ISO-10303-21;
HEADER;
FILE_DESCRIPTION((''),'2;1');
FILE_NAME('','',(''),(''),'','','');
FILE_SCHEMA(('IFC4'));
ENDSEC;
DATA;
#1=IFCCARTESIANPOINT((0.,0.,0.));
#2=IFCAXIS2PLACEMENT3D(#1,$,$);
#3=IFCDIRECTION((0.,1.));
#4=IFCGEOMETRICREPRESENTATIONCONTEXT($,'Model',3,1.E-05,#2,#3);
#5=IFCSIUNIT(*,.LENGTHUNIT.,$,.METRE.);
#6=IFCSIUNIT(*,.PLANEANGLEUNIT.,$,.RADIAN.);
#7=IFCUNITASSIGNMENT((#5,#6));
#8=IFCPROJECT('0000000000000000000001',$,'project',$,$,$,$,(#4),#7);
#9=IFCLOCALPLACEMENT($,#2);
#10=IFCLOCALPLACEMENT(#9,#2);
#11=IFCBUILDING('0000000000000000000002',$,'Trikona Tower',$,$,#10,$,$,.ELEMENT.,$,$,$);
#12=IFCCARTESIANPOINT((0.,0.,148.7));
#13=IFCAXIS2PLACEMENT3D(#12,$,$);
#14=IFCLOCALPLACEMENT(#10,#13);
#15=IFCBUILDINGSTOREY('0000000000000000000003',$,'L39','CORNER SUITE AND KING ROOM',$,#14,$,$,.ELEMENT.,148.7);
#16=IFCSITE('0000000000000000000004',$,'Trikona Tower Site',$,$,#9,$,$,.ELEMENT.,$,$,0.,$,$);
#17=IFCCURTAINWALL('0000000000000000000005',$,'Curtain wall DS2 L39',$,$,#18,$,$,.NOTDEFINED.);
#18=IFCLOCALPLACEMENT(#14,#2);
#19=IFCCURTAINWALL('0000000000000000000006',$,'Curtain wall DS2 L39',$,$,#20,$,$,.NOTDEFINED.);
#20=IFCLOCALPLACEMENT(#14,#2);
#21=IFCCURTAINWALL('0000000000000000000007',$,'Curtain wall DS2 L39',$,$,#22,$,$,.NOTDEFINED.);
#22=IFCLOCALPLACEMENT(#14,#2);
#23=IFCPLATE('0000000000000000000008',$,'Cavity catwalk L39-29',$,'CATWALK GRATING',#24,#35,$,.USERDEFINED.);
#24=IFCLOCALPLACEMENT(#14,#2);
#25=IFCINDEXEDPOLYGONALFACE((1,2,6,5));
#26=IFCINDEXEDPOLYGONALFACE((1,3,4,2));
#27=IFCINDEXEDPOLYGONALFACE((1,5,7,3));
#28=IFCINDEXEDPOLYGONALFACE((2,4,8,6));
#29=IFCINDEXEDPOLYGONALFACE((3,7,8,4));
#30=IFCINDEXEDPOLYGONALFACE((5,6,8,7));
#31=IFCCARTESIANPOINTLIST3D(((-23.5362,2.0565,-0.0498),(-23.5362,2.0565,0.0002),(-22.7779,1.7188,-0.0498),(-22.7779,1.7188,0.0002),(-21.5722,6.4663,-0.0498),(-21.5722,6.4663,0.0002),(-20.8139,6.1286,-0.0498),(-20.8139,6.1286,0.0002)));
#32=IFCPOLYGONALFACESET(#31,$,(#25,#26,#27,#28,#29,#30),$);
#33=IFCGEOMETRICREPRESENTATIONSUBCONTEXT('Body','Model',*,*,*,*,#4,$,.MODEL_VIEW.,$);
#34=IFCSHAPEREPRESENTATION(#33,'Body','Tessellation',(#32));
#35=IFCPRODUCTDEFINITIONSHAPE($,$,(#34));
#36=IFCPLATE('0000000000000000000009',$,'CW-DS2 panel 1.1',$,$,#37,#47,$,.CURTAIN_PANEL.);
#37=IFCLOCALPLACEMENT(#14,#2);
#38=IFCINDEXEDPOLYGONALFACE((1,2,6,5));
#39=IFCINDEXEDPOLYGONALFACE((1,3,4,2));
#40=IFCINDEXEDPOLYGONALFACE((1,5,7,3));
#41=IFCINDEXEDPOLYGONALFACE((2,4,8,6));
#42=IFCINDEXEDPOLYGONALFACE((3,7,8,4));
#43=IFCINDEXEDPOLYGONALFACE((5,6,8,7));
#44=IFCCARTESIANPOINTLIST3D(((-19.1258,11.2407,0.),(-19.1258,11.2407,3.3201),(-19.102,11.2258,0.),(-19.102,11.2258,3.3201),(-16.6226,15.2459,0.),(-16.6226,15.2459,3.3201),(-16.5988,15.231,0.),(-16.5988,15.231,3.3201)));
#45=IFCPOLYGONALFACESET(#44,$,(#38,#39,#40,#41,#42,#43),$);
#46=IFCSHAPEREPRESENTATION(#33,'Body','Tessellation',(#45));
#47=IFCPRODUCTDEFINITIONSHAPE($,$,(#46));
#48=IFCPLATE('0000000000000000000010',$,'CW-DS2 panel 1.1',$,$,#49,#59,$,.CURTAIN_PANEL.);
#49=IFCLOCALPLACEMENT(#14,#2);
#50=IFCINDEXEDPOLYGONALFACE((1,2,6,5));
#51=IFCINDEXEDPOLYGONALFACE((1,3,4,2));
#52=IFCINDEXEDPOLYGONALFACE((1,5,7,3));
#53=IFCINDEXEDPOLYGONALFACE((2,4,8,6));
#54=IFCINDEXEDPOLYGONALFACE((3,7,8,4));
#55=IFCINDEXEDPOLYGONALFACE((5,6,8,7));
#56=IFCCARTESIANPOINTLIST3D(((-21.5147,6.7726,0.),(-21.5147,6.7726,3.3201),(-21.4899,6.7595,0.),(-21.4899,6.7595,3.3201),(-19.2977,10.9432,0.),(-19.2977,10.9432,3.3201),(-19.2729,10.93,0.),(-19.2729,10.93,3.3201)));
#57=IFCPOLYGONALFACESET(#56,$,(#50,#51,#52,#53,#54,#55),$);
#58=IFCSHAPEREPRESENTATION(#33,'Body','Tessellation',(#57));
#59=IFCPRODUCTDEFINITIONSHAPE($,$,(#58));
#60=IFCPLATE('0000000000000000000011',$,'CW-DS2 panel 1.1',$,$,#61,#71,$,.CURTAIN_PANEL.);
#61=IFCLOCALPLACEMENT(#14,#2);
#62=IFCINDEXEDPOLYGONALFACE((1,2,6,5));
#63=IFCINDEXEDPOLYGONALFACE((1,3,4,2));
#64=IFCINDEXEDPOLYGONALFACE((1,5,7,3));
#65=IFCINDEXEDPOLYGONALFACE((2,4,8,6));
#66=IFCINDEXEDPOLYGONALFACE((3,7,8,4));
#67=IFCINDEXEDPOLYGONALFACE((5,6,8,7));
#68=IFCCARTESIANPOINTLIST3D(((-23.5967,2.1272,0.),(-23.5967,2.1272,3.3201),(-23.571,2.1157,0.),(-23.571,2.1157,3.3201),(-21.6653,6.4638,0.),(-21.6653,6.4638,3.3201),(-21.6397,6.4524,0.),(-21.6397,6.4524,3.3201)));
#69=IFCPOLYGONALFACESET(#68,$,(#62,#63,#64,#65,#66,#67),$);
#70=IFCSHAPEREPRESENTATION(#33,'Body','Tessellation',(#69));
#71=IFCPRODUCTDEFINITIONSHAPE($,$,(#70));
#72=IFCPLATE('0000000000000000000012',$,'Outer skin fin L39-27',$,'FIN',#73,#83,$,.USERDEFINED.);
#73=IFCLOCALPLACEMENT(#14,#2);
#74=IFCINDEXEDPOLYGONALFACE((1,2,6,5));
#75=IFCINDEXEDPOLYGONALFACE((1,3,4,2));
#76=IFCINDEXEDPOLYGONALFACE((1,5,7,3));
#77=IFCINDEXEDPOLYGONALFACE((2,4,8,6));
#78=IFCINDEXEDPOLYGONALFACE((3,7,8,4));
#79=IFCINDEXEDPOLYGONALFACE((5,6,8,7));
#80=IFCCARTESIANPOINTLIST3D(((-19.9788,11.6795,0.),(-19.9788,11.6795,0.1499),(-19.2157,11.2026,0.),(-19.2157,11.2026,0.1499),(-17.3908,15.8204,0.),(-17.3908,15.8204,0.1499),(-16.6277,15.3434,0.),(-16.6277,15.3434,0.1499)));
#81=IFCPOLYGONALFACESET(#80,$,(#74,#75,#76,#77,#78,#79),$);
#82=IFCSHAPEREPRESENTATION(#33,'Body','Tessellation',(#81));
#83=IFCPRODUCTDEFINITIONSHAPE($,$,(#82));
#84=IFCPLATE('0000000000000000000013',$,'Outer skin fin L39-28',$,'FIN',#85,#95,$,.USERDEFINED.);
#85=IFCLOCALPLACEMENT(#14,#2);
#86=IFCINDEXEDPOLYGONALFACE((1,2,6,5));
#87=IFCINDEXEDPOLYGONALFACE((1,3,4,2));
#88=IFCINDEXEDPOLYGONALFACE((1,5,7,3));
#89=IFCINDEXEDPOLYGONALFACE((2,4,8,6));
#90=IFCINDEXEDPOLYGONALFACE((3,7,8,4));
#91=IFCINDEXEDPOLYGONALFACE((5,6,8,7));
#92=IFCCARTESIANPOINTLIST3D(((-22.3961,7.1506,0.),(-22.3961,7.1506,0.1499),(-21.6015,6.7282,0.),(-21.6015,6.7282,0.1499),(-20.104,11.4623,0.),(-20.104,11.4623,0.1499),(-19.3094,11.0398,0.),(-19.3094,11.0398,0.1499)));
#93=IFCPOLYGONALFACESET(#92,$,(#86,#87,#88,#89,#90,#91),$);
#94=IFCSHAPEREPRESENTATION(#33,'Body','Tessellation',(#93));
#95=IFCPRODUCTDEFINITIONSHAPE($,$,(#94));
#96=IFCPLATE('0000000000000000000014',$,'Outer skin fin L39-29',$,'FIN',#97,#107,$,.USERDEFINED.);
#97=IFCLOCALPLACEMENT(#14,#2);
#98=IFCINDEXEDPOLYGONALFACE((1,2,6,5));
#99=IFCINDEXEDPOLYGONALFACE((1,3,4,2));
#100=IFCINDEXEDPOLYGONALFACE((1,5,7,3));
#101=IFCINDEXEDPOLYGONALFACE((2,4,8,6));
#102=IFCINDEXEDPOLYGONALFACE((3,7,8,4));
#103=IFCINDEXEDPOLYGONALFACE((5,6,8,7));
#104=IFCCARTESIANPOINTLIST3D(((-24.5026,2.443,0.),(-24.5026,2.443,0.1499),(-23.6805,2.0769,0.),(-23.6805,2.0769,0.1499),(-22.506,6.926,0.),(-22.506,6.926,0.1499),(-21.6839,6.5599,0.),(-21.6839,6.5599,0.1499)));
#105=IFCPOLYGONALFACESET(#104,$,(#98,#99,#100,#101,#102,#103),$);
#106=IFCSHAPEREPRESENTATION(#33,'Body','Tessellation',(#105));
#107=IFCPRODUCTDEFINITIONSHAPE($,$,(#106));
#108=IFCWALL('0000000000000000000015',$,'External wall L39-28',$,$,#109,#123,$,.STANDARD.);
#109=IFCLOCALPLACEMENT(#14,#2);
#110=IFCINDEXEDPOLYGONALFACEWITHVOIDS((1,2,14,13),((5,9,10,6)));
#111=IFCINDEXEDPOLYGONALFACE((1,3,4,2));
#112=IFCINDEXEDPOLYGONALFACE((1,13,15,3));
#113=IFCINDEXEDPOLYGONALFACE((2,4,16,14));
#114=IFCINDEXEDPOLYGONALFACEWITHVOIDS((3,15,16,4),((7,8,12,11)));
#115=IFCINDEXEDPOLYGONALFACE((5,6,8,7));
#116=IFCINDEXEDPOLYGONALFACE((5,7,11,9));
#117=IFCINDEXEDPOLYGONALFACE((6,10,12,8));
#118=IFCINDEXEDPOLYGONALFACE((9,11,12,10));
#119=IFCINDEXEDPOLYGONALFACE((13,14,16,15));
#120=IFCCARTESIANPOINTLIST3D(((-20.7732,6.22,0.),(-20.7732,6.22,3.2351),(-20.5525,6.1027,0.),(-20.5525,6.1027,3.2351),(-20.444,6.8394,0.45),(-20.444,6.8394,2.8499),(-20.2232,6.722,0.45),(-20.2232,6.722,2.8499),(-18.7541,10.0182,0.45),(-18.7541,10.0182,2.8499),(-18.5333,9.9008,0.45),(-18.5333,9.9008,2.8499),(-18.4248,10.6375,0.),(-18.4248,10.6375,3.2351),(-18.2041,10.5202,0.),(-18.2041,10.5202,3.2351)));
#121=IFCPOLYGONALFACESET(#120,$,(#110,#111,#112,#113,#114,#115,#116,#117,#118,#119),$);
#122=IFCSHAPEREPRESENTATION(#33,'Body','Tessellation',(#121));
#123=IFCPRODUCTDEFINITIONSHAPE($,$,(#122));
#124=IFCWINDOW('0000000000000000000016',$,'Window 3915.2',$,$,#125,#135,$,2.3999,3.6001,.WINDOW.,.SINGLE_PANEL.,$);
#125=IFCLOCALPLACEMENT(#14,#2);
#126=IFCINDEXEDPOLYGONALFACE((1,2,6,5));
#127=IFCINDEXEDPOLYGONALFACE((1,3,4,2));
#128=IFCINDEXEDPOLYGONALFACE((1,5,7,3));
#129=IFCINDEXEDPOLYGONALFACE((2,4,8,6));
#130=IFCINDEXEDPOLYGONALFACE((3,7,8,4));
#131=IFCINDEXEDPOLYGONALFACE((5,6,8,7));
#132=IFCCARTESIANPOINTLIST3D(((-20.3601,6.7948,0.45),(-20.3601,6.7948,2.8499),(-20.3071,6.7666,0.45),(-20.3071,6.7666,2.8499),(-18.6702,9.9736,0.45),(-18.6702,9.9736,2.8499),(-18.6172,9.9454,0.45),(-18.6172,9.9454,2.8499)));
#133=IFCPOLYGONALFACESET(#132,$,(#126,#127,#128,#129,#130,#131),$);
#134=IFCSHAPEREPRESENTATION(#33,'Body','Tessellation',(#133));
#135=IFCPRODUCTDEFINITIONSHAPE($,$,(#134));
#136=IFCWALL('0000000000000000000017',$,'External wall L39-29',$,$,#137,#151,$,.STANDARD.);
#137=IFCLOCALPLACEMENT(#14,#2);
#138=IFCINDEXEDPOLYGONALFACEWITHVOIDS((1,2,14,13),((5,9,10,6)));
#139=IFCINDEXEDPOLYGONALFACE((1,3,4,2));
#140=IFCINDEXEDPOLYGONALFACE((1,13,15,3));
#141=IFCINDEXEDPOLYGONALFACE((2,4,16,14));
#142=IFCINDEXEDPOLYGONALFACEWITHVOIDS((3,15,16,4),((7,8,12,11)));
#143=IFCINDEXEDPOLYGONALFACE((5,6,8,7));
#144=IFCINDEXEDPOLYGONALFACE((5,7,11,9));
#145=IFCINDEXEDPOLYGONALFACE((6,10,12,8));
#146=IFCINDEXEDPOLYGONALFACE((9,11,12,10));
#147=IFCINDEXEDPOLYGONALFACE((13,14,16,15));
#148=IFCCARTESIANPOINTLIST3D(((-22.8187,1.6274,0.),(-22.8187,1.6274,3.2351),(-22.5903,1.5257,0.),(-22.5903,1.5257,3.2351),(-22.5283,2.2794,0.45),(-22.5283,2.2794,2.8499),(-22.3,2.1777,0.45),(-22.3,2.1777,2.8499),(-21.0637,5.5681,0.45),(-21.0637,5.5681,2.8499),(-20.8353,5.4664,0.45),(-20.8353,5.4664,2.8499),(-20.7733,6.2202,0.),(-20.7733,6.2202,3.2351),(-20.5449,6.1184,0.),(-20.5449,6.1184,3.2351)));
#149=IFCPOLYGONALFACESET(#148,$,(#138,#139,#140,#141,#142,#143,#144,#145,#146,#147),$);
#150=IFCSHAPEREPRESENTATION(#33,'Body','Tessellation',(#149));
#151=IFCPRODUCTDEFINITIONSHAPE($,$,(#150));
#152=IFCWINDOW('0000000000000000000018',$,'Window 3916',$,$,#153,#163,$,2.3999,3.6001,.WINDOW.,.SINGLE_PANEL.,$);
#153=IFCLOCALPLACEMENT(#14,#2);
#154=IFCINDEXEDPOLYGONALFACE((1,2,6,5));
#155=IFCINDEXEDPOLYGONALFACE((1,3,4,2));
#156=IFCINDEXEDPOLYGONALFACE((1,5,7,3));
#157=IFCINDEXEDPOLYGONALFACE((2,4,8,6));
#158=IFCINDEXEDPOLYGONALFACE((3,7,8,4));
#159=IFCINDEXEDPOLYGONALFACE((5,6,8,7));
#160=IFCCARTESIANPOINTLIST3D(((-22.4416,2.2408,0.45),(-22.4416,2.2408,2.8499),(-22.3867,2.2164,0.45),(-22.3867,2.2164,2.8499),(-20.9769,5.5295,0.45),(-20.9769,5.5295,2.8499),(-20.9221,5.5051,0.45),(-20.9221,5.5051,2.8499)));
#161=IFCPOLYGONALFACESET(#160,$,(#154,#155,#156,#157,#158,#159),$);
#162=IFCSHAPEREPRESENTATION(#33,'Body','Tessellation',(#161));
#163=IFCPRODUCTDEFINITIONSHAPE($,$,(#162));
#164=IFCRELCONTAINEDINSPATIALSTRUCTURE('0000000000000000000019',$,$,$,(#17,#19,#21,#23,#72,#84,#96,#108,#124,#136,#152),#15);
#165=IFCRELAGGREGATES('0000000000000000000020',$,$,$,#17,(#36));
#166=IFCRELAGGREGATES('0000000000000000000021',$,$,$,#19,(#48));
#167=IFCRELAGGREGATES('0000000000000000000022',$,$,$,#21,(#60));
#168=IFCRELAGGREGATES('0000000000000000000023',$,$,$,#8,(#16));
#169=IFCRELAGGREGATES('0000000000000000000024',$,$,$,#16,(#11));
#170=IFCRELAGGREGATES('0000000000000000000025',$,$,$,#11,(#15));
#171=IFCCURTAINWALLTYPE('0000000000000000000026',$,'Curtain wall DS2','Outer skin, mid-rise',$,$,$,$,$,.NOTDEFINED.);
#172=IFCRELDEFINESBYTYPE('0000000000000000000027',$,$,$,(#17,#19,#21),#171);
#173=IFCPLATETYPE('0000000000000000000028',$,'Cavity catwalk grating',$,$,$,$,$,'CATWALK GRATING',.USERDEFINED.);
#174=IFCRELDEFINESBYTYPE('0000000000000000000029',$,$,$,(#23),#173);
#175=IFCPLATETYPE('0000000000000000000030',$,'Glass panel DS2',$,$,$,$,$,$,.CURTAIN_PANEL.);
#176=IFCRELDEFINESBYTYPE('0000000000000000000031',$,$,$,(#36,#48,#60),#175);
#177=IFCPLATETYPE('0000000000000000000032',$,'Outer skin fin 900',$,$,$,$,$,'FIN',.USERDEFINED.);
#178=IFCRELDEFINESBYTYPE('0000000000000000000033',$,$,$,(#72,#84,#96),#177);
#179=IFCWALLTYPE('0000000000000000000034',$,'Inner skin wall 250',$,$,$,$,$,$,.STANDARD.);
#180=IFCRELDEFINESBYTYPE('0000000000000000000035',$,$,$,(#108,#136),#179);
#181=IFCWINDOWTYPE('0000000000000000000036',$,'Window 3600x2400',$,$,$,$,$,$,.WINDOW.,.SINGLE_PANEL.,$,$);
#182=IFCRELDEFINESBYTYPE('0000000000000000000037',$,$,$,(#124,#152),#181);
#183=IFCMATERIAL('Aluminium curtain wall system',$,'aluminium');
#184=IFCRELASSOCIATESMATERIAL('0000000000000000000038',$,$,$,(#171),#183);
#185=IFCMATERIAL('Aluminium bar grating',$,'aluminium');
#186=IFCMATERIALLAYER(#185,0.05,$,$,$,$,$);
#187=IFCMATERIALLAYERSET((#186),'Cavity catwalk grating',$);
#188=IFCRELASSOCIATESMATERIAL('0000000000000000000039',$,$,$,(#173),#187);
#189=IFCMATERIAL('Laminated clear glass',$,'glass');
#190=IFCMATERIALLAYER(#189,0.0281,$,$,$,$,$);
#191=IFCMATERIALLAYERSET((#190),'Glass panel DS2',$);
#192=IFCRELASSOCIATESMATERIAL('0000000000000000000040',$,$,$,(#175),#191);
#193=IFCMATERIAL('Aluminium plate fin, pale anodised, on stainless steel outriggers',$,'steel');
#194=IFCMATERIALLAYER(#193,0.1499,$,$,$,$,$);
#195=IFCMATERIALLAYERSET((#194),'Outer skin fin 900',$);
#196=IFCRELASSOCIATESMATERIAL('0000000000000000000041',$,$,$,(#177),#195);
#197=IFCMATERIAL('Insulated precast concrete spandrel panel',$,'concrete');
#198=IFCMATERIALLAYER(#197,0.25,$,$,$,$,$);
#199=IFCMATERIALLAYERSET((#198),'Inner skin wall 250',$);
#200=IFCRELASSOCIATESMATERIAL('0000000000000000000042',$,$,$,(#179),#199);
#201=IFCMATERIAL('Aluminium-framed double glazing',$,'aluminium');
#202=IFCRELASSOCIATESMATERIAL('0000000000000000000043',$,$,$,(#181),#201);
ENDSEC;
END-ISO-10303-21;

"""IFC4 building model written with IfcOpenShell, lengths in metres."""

from ifc_helpers import new_model, si_unit, direction, frame, frame_2d, origin, origin_2d, place, context, subcontext, project, spatial, rectangle, extrude, material, layer, layer_set, type_object, element, fill, aggregate, save


model = new_model("IFC4")

# Units and contexts
model_context = context("Model", 3, precision=1e-05, world=origin(), true_north=direction((0.0, 1.0)))
body_context = subcontext(model_context, "Body", "Model", "MODEL_VIEW")
ifc_project = project(units=[si_unit("LENGTHUNIT", "METRE"), si_unit("PLANEANGLEUNIT", "RADIAN")], contexts=[model_context])

# Site, building, storey
site_placement = place(None, origin())
site = spatial("IfcSite", under=ifc_project, at=site_placement, Name="Trikona Tower Site", CompositionType="ELEMENT", RefElevation=0.0)
building_placement = place(site_placement, origin())
building = spatial("IfcBuilding", under=site, at=building_placement, Name="Trikona Tower", CompositionType="ELEMENT")
storey_placement = place(building_placement, frame((0.0, 0.0, 148.7)))
storey = spatial("IfcBuildingStorey", under=building, at=storey_placement, Name="L39", Description="CORNER SUITE AND KING ROOM", CompositionType="ELEMENT", Elevation=148.7)

# Curtain wall
ifc_material_1 = material(Name="Aluminium curtain wall system", Category="aluminium")
curtain_wall_type = type_object("IfcCurtainWallType", Name="Curtain wall DS2", Description="Outer skin, mid-rise", PredefinedType="NOTDEFINED", material=ifc_material_1)
curtain_wall_1_placement = place(storey_placement, origin())
curtain_wall_1 = element("IfcCurtainWall", 1, at=curtain_wall_1_placement, inside=storey, type_object=curtain_wall_type, Name="Curtain wall DS2 L39", PredefinedType="NOTDEFINED")

# Curtain walls
curtain_wall_2_placement = place(storey_placement, origin())
curtain_wall_2 = element("IfcCurtainWall", 2, at=curtain_wall_2_placement, inside=storey, type_object=curtain_wall_type, Name="Curtain wall DS2 L39", PredefinedType="NOTDEFINED")
curtain_wall_3_placement = place(storey_placement, origin())
curtain_wall_3 = element("IfcCurtainWall", 3, at=curtain_wall_3_placement, inside=storey, type_object=curtain_wall_type, Name="Curtain wall DS2 L39", PredefinedType="NOTDEFINED")

# Plate
ifc_material_2 = material(Name="Aluminium bar grating", Category="aluminium")
ifc_layer_1 = layer(ifc_material_2, 0.05)
ifc_layer_set_1 = layer_set([ifc_layer_1], Name="Cavity catwalk grating")
plate_type_1 = type_object("IfcPlateType", Name="Cavity catwalk grating", ElementType="CATWALK GRATING", PredefinedType="USERDEFINED", material=ifc_layer_set_1)
plate_1_placement = place(storey_placement, frame((-22.175, 4.0925, -0.0498), z_axis=(0.0, 0.0, 1.0), x_axis=(-0.406843, -0.913498, 0.0)))
element("IfcPlate", 4, at=plate_1_placement, inside=storey, type_object=plate_type_1, Name="Cavity catwalk L39-29", ObjectType="CATWALK GRATING", PredefinedType="USERDEFINED", context=body_context, shape_type="SweptSolid", body=[
    extrude(rectangle(XDim=4.8274, YDim=0.8301, at=origin_2d()), origin(), (0.0, 0.0, 1.0), 0.05),
])

# Plates
ifc_material_3 = material(Name="Laminated clear glass", Category="glass")
ifc_layer_2 = layer(ifc_material_3, 0.0281)
ifc_layer_set_2 = layer_set([ifc_layer_2], Name="Glass panel DS2")
plate_type_2 = type_object("IfcPlateType", Name="Glass panel DS2", PredefinedType="CURTAIN_PANEL", material=ifc_layer_set_2)
plate_2_placement = place(storey_placement, frame((-17.8623, 13.2358, 0.0), z_axis=(0.0, 0.0, 1.0), x_axis=(-0.529999, -0.847998, 0.0)))
plate_2 = element("IfcPlate", 5, at=plate_2_placement, type_object=plate_type_2, Name="CW-DS2 panel 1.1", PredefinedType="CURTAIN_PANEL", context=body_context, shape_type="SweptSolid", body=[
    extrude(rectangle(XDim=4.7231, YDim=0.0281, at=origin_2d()), origin(), (0.0, 0.0, 1.0), 3.3201),
])
aggregate(curtain_wall_1, [plate_2])
plate_3_placement = place(storey_placement, frame((-20.3938, 8.8513, 0.0), z_axis=(0.0, 0.0, 1.0), x_axis=(-0.46938, -0.882996, 0.0)))
plate_3 = element("IfcPlate", 6, at=plate_3_placement, type_object=plate_type_2, Name="CW-DS2 panel 1.1", PredefinedType="CURTAIN_PANEL", context=body_context, shape_type="SweptSolid", body=[
    extrude(rectangle(XDim=4.7231, YDim=0.0281, at=origin_2d()), origin(), (0.0, 0.0, 1.0), 3.3201),
])
aggregate(curtain_wall_2, [plate_3])
plate_4_placement = place(storey_placement, frame((-22.6182, 4.2898, 0.0), z_axis=(0.0, 0.0, 1.0), x_axis=(-0.406836, -0.913501, 0.0)))
plate_4 = element("IfcPlate", 7, at=plate_4_placement, type_object=plate_type_2, Name="CW-DS2 panel 1.1", PredefinedType="CURTAIN_PANEL", context=body_context, shape_type="SweptSolid", body=[
    extrude(rectangle(XDim=4.7473, YDim=0.0281, at=origin_2d()), origin(), (0.0, 0.0, 1.0), 3.3201),
])
aggregate(curtain_wall_3, [plate_4])

# Plates
ifc_material_4 = material(Name="Aluminium plate fin, pale anodised, on stainless steel outriggers", Category="steel")
ifc_layer_3 = layer(ifc_material_4, 0.1499)
ifc_layer_set_3 = layer_set([ifc_layer_3], Name="Outer skin fin 900")
plate_type_3 = type_object("IfcPlateType", Name="Outer skin fin 900", ElementType="FIN", PredefinedType="USERDEFINED", material=ifc_layer_set_3)
for number, where, z_axis, x_axis, name in (
    (8, (-18.3032, 13.5115, 0.0), (0.0, 0.0, 1.0), (-0.529995, -0.848001, 0.0), "Outer skin fin L39-27"),
    (9, (-20.8528, 9.0952, 0.0), (0.0, 0.0, 1.0), (-0.469398, -0.882987, 0.0), "Outer skin fin L39-28"),
):
    element("IfcPlate", number, at=place(storey_placement, frame(where, z_axis=z_axis, x_axis=x_axis)), inside=storey, type_object=plate_type_3, Name=name, ObjectType="FIN", PredefinedType="USERDEFINED", context=body_context, shape_type="SweptSolid", body=[
        extrude(rectangle(XDim=4.8831, YDim=0.8999, at=origin_2d()), origin(), (0.0, 0.0, 1.0), 0.1499),
    ])
plate_5_placement = place(storey_placement, frame((-23.0933, 4.5015, 0.0), z_axis=(0.0, 0.0, 1.0), x_axis=(-0.406843, -0.913498, 0.0)))
element("IfcPlate", 10, at=plate_5_placement, inside=storey, type_object=plate_type_3, Name="Outer skin fin L39-29", ObjectType="FIN", PredefinedType="USERDEFINED", context=body_context, shape_type="SweptSolid", body=[
    extrude(rectangle(XDim=4.9075, YDim=0.8999, at=origin_2d()), origin(), (0.0, 0.0, 1.0), 0.1499),
])

# Walls, openings, windows
ifc_material_5 = material(Name="Insulated precast concrete spandrel panel", Category="concrete")
ifc_layer_4 = layer(ifc_material_5, 0.25)
ifc_layer_set_4 = layer_set([ifc_layer_4], Name="Inner skin wall 250")
wall_type = type_object("IfcWallType", Name="Inner skin wall 250", PredefinedType="STANDARD", material=ifc_layer_set_4)
wall_1_placement = place(storey_placement, frame((-18.3145, 10.5789, 0.0), z_axis=(0.0, 0.0, 1.0), x_axis=(-0.469405, -0.882983, 0.0)))
wall_1 = element("IfcWall", 11, at=wall_1_placement, inside=storey, type_object=wall_type, Name="External wall L39-28", PredefinedType="STANDARD", context=body_context, shape_type="SweptSolid", body=[
    extrude(rectangle(XDim=5.0029, YDim=0.25, at=frame_2d((2.5015, 0.0))), origin(), (0.0, 0.0, 1.0), 3.2351),
])
opening_1_placement = place(wall_1_placement, frame((0.7014, 0.0, 0.45)))
opening_1 = element("IfcOpeningElement", 12, at=opening_1_placement, cuts=wall_1, PredefinedType="OPENING", context=body_context, shape_type="SweptSolid", body=[
    extrude(rectangle(XDim=3.6001, YDim=2.3999, at=frame_2d((1.8, 1.2))), frame((0.0, 0.135, 0.0), z_axis=(0.0, -1.0, 0.0), x_axis=(1.0, 0.0, 0.0)), (0.0, 0.0, 1.0), 0.27),
])
ifc_material_6 = material(Name="Aluminium-framed double glazing", Category="aluminium")
window_type = type_object("IfcWindowType", Name="Window 3600x2400", PartitioningType="SINGLE_PANEL", PredefinedType="WINDOW", material=ifc_material_6)
window_1_placement = place(opening_1_placement, origin())
window_1 = element("IfcWindow", 13, at=window_1_placement, inside=storey, type_object=window_type, Name="Window 3915.2", OverallHeight=2.3999, OverallWidth=3.6001, PartitioningType="SINGLE_PANEL", PredefinedType="WINDOW", context=body_context, shape_type="SweptSolid", body=[
    extrude(rectangle(XDim=3.6001, YDim=2.3999, at=frame_2d((1.8, 1.2))), frame((0.0, 0.03, 0.0), z_axis=(0.0, -1.0, 0.0), x_axis=(1.0, 0.0, 0.0)), (0.0, 0.0, 1.0), 0.0601),
])
fill(opening_1, window_1)
wall_2_placement = place(storey_placement, frame((-20.6592, 6.1692, 0.0), z_axis=(0.0, 0.0, 1.0), x_axis=(-0.406832, -0.913503, 0.0)))
wall_2 = element("IfcWall", 14, at=wall_2_placement, inside=storey, type_object=wall_type, Name="External wall L39-29", PredefinedType="STANDARD", context=body_context, shape_type="SweptSolid", body=[
    extrude(rectangle(XDim=5.0276, YDim=0.25, at=frame_2d((2.5137, 0.0))), origin(), (0.0, 0.0, 1.0), 3.2351),
])
opening_2_placement = place(wall_2_placement, frame((0.7136, 0.0, 0.45)))
opening_2 = element("IfcOpeningElement", 15, at=opening_2_placement, cuts=wall_2, PredefinedType="OPENING", context=body_context, shape_type="SweptSolid", body=[
    extrude(rectangle(XDim=3.6001, YDim=2.3999, at=frame_2d((1.8, 1.2))), frame((0.0, 0.135, 0.0), z_axis=(0.0, -1.0, 0.0), x_axis=(1.0, 0.0, 0.0)), (0.0, 0.0, 1.0), 0.27),
])
window_2_placement = place(opening_2_placement, origin())
window_2 = element("IfcWindow", 16, at=window_2_placement, inside=storey, type_object=window_type, Name="Window 3916", OverallHeight=2.3999, OverallWidth=3.6001, PartitioningType="SINGLE_PANEL", PredefinedType="WINDOW", context=body_context, shape_type="SweptSolid", body=[
    extrude(rectangle(XDim=3.6001, YDim=2.3999, at=frame_2d((1.8, 1.2))), frame((0.0, 0.03, 0.0), z_axis=(0.0, -1.0, 0.0), x_axis=(1.0, 0.0, 0.0)), (0.0, 0.0, 1.0), 0.0601),
])
fill(opening_2, window_2)

save(model, "model.ifc")
